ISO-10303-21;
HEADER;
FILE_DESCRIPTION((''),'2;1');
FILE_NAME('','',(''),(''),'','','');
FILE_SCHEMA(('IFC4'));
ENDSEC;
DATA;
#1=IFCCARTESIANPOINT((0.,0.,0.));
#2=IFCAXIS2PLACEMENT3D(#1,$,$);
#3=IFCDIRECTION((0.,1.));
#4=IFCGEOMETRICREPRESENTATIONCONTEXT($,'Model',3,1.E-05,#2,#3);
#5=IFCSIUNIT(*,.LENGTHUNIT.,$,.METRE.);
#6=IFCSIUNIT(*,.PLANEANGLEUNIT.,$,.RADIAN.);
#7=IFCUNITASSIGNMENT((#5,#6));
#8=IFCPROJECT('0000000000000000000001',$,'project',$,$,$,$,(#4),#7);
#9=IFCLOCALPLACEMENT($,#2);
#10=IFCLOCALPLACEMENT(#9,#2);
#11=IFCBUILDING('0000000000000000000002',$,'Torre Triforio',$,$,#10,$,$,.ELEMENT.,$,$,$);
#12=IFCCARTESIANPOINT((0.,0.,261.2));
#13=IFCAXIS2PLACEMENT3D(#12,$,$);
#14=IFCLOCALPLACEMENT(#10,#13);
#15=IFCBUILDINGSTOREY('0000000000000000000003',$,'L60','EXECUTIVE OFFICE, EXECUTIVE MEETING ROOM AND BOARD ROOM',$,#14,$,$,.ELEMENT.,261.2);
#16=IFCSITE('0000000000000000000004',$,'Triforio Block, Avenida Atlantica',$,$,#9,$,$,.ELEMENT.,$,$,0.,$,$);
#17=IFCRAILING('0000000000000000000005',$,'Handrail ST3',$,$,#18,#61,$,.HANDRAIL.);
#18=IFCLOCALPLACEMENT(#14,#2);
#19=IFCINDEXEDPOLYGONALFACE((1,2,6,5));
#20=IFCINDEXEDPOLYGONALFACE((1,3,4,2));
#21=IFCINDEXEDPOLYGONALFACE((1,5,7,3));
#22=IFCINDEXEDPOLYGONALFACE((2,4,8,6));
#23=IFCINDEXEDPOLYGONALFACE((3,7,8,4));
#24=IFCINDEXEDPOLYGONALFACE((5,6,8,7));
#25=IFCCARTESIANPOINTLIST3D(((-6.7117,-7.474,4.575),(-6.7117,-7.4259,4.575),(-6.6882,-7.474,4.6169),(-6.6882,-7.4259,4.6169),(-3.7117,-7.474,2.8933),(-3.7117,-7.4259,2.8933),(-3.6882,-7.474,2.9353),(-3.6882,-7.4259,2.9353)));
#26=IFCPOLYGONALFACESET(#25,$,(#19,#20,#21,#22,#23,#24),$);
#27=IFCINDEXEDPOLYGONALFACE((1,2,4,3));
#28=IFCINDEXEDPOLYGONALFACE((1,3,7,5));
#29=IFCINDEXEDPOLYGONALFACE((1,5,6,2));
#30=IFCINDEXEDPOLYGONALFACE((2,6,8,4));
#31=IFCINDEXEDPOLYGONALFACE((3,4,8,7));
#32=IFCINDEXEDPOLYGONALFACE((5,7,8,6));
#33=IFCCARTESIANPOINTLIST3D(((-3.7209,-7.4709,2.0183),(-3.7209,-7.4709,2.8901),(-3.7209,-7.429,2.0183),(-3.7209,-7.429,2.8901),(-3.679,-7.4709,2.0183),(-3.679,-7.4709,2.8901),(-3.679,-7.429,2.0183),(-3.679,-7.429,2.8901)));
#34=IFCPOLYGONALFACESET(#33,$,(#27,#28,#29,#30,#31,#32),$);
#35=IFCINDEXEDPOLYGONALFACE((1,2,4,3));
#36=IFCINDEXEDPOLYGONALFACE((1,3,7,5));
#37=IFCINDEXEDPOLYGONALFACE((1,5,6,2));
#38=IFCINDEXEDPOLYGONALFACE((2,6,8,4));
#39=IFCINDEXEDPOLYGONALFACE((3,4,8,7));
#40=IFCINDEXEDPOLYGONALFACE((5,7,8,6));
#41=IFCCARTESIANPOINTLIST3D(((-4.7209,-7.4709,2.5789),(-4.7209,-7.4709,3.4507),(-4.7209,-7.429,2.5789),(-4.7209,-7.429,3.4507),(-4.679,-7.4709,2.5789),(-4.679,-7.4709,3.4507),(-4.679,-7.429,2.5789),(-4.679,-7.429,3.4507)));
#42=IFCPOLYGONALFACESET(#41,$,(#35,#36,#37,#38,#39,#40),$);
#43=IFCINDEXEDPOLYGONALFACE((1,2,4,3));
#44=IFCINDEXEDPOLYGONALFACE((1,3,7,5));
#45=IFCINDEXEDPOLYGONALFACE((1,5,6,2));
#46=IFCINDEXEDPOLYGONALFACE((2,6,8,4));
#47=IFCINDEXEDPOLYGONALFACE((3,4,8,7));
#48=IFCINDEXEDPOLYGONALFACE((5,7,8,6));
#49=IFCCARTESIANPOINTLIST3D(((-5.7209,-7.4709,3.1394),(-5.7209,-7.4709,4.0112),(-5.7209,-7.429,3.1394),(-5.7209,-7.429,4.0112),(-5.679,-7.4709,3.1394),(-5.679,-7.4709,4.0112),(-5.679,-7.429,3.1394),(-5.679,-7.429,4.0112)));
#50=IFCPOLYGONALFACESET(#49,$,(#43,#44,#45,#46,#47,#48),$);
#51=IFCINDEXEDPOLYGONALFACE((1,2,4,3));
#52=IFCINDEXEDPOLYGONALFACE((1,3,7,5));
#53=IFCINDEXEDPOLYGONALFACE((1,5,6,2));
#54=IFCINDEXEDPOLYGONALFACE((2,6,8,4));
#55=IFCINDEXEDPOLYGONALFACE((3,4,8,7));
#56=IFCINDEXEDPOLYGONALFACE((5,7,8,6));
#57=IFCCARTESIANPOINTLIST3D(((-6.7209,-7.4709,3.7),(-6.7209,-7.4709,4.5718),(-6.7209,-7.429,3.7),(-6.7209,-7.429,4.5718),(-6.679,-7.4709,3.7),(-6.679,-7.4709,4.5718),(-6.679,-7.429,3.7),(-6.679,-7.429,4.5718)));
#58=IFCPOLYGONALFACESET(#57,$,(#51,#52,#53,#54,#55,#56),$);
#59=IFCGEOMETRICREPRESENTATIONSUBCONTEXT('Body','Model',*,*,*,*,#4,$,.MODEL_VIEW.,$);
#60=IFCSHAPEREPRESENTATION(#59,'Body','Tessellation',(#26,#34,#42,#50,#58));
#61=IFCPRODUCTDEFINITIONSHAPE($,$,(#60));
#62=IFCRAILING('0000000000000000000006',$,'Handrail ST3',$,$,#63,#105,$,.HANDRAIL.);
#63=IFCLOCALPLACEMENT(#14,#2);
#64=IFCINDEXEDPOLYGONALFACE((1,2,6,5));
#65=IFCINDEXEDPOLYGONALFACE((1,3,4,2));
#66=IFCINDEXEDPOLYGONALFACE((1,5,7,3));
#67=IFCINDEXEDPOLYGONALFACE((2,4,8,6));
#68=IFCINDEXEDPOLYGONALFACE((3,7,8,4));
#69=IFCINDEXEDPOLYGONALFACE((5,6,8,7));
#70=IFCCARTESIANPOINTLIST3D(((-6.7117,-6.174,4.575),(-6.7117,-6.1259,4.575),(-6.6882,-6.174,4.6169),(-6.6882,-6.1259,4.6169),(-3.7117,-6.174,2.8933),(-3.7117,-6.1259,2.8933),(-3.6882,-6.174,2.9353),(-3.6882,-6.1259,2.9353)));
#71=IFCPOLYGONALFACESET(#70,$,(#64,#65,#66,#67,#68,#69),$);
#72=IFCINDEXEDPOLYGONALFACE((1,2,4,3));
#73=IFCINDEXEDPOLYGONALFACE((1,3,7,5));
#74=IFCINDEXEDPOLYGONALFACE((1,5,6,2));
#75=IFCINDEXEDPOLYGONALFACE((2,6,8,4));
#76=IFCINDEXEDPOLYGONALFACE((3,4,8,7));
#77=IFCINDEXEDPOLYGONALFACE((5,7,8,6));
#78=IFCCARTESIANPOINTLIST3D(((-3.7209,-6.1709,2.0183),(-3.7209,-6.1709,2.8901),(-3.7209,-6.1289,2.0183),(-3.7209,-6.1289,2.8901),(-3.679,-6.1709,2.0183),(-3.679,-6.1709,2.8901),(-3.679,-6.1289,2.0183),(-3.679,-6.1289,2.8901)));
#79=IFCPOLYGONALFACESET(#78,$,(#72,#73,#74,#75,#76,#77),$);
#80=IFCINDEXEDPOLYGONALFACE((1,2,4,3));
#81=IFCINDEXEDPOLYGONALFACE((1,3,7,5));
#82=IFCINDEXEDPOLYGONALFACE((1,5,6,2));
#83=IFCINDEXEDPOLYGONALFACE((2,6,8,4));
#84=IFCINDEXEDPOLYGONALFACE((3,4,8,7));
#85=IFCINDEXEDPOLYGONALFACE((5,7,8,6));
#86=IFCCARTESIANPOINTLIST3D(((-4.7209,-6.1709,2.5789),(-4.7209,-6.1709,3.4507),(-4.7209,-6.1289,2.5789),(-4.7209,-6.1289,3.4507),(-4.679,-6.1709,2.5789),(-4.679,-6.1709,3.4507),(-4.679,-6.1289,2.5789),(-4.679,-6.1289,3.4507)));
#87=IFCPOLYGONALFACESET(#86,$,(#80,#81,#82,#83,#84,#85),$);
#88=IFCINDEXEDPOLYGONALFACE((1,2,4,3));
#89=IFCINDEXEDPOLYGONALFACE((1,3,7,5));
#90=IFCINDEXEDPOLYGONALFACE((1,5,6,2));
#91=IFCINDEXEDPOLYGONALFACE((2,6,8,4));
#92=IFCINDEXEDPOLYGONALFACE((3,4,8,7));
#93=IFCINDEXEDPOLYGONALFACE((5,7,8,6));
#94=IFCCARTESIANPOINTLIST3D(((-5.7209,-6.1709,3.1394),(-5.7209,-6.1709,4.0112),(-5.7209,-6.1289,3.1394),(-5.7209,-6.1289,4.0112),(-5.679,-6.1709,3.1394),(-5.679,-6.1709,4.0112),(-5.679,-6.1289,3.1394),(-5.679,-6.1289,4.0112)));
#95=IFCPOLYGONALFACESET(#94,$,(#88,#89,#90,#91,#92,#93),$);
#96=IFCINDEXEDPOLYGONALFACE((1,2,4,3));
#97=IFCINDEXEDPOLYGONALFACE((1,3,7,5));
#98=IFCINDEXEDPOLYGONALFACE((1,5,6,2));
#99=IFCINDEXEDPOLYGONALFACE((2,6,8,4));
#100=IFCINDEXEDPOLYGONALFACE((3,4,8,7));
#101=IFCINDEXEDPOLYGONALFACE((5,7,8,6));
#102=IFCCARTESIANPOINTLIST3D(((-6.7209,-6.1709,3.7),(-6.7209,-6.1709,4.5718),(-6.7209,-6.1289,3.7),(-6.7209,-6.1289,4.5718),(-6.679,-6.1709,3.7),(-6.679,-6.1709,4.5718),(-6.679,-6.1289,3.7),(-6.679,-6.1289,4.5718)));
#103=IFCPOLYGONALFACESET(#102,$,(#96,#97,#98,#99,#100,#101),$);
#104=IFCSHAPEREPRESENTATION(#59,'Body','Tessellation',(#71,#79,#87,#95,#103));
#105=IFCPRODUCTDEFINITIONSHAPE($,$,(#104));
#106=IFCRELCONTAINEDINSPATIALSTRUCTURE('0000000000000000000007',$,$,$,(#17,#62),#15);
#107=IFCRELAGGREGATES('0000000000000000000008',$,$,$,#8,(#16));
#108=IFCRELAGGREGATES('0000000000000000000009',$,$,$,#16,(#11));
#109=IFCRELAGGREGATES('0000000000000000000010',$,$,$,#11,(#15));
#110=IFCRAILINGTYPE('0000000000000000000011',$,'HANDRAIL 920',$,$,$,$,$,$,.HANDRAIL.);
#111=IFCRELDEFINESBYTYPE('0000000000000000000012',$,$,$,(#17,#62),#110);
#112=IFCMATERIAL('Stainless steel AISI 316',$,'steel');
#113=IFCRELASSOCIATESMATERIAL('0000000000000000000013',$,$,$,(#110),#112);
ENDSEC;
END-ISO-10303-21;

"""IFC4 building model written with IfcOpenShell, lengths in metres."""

from ifc_helpers import new_model, si_unit, direction, frame, origin, origin_2d, place, context, subcontext, project, spatial, rectangle, extrude, material, type_object, element, save


model = new_model("IFC4")

# Units and contexts
model_context = context("Model", 3, precision=1e-05, world=origin(), true_north=direction((0.0, 1.0)))
body_context = subcontext(model_context, "Body", "Model", "MODEL_VIEW")
ifc_project = project(units=[si_unit("LENGTHUNIT", "METRE"), si_unit("PLANEANGLEUNIT", "RADIAN")], contexts=[model_context])

# Site, building, storey
site_placement = place(None, origin())
site = spatial("IfcSite", under=ifc_project, at=site_placement, Name="Triforio Block, Avenida Atlantica", CompositionType="ELEMENT", RefElevation=0.0)
building_placement = place(site_placement, origin())
building = spatial("IfcBuilding", under=site, at=building_placement, Name="Torre Triforio", CompositionType="ELEMENT")
storey_placement = place(building_placement, frame((0.0, 0.0, 261.2)))
storey = spatial("IfcBuildingStorey", under=building, at=storey_placement, Name="L60", Description="EXECUTIVE OFFICE, EXECUTIVE MEETING ROOM AND BOARD ROOM", CompositionType="ELEMENT", Elevation=261.2)

# Railings
ifc_material_1 = material(Name="Stainless steel AISI 316", Category="steel")
railing_type = type_object("IfcRailingType", Name="HANDRAIL 920", PredefinedType="HANDRAIL", material=ifc_material_1)
for number, where, name in (
    (1, (-3.7, -7.45, 2.0183), "Handrail ST3"),
    (2, (-3.7, -6.1499, 2.0183), "Handrail ST3"),
):
    element("IfcRailing", number, at=place(storey_placement, frame(where)), inside=storey, type_object=railing_type, Name=name, PredefinedType="HANDRAIL", context=body_context, shape_type="SweptSolid", body=[
        extrude(rectangle(XDim=0.0481, YDim=0.0481, at=origin_2d()), frame((0.0, 0.0, 0.896), z_axis=(-0.872303, 0.0, 0.488966), x_axis=(0.0, -1.0, 0.0)), (0.0, 0.0, 1.0), 3.4392),
        extrude(rectangle(XDim=0.042, YDim=0.042, at=origin_2d()), origin(), (0.0, 0.0, 1.0), 0.8718),
        extrude(rectangle(XDim=0.042, YDim=0.042, at=origin_2d()), frame((-1.0, 0.0, 0.5605)), (0.0, 0.0, 1.0), 0.8718),
        extrude(rectangle(XDim=0.042, YDim=0.042, at=origin_2d()), frame((-2.0, 0.0, 1.1211)), (0.0, 0.0, 1.0), 0.8718),
        extrude(rectangle(XDim=0.042, YDim=0.042, at=origin_2d()), frame((-3.0, 0.0, 1.6816)), (0.0, 0.0, 1.0), 0.8718),
    ])

save(model, "model.ifc")
